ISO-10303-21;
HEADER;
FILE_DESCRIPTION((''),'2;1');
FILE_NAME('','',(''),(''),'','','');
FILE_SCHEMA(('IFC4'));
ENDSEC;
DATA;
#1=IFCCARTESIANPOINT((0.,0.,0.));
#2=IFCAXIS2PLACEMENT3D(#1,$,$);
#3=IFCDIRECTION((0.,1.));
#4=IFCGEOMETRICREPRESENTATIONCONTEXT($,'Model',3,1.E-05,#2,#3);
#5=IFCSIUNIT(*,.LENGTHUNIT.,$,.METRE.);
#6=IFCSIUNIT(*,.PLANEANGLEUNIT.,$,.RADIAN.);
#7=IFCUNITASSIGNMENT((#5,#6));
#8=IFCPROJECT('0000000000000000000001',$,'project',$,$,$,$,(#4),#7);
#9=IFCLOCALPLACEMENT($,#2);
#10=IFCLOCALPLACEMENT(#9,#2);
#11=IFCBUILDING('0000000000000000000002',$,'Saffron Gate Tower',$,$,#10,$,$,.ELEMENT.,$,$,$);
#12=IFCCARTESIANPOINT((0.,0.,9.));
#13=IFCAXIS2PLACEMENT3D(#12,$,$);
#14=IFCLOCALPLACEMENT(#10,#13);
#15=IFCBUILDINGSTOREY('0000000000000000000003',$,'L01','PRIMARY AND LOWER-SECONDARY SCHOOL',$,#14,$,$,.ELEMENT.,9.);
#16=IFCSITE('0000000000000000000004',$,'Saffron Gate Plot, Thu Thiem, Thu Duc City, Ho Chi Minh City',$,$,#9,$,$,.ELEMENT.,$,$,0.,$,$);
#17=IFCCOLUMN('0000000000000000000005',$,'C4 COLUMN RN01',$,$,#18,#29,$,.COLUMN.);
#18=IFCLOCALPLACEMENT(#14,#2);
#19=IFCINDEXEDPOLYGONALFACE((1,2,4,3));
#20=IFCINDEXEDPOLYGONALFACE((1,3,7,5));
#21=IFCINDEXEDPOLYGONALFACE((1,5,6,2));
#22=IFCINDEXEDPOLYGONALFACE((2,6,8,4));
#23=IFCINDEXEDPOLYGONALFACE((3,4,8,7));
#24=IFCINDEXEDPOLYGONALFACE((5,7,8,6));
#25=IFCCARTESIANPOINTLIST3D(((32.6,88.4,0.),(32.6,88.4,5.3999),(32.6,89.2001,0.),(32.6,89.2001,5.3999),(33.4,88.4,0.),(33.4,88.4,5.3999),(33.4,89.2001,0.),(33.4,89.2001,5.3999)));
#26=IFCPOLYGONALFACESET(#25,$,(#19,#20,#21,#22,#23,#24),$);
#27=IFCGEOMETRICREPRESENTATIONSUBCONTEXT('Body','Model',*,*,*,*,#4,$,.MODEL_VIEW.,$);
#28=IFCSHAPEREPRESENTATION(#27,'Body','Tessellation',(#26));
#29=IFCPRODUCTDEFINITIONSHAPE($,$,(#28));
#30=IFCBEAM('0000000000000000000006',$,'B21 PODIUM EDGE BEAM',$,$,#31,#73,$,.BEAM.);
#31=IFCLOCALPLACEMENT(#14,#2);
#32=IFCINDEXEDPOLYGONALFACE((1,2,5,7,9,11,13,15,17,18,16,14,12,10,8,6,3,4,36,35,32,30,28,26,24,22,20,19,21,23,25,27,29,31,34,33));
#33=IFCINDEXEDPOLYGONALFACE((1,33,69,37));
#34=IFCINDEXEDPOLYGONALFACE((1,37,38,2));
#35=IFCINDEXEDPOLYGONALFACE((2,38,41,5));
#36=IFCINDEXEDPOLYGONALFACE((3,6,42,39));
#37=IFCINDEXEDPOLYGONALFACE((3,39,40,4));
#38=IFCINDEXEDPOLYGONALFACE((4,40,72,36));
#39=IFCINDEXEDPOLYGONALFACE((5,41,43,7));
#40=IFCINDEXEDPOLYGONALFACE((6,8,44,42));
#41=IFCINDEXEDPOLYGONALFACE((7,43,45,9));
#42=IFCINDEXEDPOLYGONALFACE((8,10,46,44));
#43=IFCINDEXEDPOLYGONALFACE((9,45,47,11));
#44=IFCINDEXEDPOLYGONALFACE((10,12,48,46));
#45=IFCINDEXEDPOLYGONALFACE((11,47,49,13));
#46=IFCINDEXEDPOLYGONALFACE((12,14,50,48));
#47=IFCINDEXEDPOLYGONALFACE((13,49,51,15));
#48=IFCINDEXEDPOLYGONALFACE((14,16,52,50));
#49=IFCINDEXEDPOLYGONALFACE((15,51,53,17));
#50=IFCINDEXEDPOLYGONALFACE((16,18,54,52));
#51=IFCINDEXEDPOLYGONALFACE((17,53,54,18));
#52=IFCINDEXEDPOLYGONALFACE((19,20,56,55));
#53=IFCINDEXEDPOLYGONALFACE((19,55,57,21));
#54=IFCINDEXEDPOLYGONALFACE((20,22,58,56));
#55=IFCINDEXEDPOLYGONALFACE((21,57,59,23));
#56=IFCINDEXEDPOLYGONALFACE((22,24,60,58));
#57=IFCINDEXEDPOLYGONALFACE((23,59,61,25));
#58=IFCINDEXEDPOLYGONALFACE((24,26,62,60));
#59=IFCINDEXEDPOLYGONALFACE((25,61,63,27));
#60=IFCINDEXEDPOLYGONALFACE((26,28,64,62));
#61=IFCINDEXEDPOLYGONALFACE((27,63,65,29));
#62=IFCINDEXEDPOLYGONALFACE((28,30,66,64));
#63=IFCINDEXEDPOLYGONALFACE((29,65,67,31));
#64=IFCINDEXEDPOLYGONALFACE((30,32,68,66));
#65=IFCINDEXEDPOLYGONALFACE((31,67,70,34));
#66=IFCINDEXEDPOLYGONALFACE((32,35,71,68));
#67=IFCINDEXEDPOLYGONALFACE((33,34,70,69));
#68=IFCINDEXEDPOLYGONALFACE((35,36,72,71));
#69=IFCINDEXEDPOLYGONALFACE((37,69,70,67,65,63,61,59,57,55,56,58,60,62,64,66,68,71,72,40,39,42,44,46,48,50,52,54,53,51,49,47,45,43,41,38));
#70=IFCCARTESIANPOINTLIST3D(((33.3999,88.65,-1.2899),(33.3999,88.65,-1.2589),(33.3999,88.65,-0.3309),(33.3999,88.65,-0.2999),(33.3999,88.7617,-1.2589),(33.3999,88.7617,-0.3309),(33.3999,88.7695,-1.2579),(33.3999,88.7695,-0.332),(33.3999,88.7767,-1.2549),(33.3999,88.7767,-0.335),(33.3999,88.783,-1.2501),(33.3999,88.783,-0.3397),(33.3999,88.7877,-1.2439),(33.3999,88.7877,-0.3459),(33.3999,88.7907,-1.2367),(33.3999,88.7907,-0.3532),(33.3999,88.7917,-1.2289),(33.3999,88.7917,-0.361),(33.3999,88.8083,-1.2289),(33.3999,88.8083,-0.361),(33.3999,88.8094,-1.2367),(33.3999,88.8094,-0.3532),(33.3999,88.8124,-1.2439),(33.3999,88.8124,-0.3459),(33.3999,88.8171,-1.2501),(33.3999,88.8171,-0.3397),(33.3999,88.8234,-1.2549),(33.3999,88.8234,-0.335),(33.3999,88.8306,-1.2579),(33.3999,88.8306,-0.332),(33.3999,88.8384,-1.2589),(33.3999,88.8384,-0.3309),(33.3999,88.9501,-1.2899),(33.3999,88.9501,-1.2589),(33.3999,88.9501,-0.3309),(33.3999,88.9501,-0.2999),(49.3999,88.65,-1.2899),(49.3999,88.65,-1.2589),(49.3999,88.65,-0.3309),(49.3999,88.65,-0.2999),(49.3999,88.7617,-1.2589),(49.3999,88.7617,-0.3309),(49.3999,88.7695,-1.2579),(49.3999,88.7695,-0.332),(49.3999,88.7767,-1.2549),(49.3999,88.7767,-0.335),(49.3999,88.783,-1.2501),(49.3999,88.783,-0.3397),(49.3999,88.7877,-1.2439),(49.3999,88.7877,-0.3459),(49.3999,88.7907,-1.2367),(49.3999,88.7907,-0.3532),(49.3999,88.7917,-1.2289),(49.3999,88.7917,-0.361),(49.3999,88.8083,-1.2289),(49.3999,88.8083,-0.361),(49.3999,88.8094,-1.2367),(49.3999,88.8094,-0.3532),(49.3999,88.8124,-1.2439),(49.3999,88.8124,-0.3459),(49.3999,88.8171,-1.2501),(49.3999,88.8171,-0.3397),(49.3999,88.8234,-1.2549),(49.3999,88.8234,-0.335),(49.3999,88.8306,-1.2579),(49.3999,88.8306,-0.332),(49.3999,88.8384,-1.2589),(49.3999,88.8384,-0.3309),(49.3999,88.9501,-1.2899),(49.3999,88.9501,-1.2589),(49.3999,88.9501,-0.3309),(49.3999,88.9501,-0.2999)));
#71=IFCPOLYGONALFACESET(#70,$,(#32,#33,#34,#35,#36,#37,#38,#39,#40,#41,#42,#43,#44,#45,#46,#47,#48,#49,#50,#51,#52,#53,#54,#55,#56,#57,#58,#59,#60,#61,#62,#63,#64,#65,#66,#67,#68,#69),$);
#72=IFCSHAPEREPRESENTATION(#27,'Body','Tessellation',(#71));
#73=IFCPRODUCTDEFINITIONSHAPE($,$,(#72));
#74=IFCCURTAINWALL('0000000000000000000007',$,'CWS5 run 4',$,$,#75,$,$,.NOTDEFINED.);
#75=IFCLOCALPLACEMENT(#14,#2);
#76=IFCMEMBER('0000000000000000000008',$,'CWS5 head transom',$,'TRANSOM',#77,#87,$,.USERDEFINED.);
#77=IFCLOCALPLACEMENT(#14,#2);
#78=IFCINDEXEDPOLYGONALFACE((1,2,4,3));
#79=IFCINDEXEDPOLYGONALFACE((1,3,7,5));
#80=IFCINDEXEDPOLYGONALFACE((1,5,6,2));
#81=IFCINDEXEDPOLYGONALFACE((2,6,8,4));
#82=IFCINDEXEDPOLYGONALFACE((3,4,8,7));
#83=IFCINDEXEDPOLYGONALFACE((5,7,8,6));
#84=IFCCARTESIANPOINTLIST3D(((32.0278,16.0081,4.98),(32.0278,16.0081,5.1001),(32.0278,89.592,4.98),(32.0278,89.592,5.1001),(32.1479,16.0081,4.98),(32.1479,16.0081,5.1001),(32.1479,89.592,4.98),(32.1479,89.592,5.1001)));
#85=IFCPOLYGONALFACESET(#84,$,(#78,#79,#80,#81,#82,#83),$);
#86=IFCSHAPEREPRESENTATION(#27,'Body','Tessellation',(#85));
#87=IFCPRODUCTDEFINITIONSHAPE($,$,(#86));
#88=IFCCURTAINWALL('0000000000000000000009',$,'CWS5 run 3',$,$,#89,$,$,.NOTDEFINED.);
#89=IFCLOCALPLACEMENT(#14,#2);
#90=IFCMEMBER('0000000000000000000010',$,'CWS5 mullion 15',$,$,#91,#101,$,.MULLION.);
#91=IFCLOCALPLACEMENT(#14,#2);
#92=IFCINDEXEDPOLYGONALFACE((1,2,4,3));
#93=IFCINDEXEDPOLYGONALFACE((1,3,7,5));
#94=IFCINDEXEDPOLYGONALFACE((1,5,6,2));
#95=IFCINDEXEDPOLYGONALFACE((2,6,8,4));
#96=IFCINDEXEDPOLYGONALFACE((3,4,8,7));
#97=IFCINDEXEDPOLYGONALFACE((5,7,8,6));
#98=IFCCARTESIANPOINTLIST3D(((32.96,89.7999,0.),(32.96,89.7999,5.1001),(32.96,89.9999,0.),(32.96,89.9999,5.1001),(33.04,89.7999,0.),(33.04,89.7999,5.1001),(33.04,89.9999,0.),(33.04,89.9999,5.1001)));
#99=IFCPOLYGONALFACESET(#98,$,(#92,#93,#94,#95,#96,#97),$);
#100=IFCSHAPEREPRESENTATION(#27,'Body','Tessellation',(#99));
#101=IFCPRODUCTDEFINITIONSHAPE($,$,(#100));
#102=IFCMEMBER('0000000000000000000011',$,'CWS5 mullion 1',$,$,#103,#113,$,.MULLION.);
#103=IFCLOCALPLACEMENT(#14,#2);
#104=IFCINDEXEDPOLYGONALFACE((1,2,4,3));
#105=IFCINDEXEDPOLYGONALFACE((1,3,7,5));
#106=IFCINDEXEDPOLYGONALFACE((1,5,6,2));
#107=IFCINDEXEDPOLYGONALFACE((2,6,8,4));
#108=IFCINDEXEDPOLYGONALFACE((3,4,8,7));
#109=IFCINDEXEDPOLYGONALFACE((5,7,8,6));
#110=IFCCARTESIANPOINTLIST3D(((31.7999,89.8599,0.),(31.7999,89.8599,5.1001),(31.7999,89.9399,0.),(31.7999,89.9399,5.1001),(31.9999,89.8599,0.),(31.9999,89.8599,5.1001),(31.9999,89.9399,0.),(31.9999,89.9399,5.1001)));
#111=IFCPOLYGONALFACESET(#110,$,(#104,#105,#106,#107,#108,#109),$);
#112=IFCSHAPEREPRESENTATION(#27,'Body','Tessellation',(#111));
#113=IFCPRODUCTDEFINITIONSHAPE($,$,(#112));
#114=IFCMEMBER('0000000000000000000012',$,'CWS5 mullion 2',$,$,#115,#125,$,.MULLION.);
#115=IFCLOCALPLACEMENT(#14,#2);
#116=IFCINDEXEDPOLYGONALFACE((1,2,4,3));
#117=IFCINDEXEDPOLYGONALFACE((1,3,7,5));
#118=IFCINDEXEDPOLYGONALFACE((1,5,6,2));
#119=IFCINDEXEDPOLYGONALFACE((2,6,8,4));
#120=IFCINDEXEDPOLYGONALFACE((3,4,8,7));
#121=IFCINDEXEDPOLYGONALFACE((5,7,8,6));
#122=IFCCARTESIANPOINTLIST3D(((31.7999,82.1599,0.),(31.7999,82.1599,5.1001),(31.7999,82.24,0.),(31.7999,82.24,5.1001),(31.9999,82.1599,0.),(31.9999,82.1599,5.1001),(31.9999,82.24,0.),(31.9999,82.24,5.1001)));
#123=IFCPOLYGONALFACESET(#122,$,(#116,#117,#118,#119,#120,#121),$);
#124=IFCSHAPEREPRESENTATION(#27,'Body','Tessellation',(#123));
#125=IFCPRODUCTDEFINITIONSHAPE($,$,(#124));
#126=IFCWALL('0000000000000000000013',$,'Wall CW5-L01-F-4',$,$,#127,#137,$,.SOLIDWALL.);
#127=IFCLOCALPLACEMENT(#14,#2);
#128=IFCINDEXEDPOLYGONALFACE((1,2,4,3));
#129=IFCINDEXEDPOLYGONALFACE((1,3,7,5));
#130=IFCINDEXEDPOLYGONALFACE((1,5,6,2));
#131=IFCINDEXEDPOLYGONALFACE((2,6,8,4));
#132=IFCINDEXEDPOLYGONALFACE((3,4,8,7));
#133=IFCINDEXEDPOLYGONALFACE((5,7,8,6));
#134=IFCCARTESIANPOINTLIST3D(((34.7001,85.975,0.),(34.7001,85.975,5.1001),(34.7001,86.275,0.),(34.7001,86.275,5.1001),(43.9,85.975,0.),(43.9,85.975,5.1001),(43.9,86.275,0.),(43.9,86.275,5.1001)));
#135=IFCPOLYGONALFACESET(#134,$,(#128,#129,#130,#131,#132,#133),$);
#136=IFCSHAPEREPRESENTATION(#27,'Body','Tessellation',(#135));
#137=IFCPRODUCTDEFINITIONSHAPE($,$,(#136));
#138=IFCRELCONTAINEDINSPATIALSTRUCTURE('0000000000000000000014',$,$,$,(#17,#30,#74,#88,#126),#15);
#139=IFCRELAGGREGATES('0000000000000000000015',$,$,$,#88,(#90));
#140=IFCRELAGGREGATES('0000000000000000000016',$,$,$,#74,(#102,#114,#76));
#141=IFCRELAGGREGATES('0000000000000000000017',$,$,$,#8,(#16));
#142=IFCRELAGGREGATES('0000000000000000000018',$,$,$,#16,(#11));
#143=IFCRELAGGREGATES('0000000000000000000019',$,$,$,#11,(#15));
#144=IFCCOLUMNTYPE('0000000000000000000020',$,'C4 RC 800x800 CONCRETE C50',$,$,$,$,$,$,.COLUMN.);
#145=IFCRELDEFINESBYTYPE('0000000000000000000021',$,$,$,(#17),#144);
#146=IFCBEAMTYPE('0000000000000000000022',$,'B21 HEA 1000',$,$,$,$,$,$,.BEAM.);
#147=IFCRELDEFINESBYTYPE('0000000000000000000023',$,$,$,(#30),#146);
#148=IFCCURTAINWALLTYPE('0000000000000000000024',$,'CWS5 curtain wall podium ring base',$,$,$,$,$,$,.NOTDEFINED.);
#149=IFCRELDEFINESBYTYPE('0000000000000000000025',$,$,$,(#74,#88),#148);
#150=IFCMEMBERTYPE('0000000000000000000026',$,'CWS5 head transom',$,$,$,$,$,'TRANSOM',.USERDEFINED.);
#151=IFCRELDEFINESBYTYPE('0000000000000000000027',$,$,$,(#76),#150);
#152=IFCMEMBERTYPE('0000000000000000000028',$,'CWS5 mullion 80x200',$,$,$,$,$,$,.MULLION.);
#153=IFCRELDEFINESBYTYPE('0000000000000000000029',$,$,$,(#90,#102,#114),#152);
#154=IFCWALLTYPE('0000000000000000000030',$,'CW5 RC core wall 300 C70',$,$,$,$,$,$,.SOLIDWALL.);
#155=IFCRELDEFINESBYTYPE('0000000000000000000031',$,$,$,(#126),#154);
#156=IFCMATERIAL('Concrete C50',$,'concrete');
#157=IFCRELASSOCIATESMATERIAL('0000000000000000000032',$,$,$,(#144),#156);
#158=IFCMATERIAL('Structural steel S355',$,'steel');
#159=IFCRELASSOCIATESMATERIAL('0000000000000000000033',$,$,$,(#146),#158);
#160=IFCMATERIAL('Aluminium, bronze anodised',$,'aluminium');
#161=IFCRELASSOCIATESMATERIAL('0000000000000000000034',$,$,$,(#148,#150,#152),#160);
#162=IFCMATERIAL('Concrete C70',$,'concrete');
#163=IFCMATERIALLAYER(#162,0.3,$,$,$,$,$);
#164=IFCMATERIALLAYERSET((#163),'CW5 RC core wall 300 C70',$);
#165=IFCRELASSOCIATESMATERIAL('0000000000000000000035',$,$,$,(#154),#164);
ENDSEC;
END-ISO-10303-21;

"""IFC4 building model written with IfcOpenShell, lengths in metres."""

from ifc_helpers import new_model, si_unit, direction, frame, frame_2d, origin, origin_2d, place, context, subcontext, project, spatial, rectangle, i_section, extrude, material, layer, layer_set, material_profile, profile_set, type_object, element, aggregate, save


model = new_model("IFC4")

# Units and contexts
model_context = context("Model", 3, precision=1e-05, world=origin(), true_north=direction((0.0, 1.0)))
body_context = subcontext(model_context, "Body", "Model", "MODEL_VIEW")
ifc_project = project(units=[si_unit("LENGTHUNIT", "METRE"), si_unit("PLANEANGLEUNIT", "RADIAN")], contexts=[model_context])

# Site, building, storey
site_placement = place(None, origin())
site = spatial("IfcSite", under=ifc_project, at=site_placement, Name="Saffron Gate Plot, Thu Thiem, Thu Duc City, Ho Chi Minh City", CompositionType="ELEMENT", RefElevation=0.0)
building_placement = place(site_placement, origin())
building = spatial("IfcBuilding", under=site, at=building_placement, Name="Saffron Gate Tower", CompositionType="ELEMENT")
storey_placement = place(building_placement, frame((0.0, 0.0, 9.0)))
storey = spatial("IfcBuildingStorey", under=building, at=storey_placement, Name="L01", Description="PRIMARY AND LOWER-SECONDARY SCHOOL", CompositionType="ELEMENT", Elevation=9.0)

# Column
ifc_material_1 = material(Name="Concrete C50", Category="concrete")
ifc_material_profile_1 = material_profile(ifc_material_1, rectangle(XDim=0.8, YDim=0.8, at=origin_2d()))
ifc_profile_set_1 = profile_set([ifc_material_profile_1], Name="Concrete C50")
column_type = type_object("IfcColumnType", Name="C4 RC 800x800 CONCRETE C50", PredefinedType="COLUMN", material=ifc_profile_set_1)
column_placement = place(storey_placement, frame((33.0, 88.8, 0.0), z_axis=(0.0, 0.0, 1.0), x_axis=(1.0, 0.0, 0.0)))
element("IfcColumn", 1, at=column_placement, inside=storey, type_object=column_type, Name="C4 COLUMN RN01", PredefinedType="COLUMN", context=body_context, shape_type="SweptSolid", body=[
    extrude(rectangle(XDim=0.8, YDim=0.8, at=origin_2d()), origin(), (0.0, 0.0, 1.0), 5.3999),
])

# Beam
ifc_material_2 = material(Name="Structural steel S355", Category="steel")
ifc_material_profile_2 = material_profile(ifc_material_2, i_section(OverallWidth=0.3, OverallDepth=0.99, WebThickness=0.0166, FlangeThickness=0.031, FilletRadius=0.03, at=origin_2d()))
ifc_profile_set_2 = profile_set([ifc_material_profile_2], Name="Structural steel S355")
beam_type = type_object("IfcBeamType", Name="B21 HEA 1000", PredefinedType="BEAM", material=ifc_profile_set_2)
beam_placement = place(storey_placement, frame((33.3999, 88.8, -0.7949), z_axis=(1.0, 0.0, 0.0), x_axis=(0.0, 1.0, 0.0)))
element("IfcBeam", 2, at=beam_placement, inside=storey, type_object=beam_type, Name="B21 PODIUM EDGE BEAM", PredefinedType="BEAM", context=body_context, shape_type="SweptSolid", body=[
    extrude(i_section(OverallWidth=0.3, OverallDepth=0.99, WebThickness=0.0166, FlangeThickness=0.031, FilletRadius=0.03, at=origin_2d()), origin(), (0.0, 0.0, 1.0), 16.0),
])

# Curtain walls, members
ifc_material_3 = material(Name="Aluminium, bronze anodised", Category="aluminium")
curtain_wall_type = type_object("IfcCurtainWallType", Name="CWS5 curtain wall podium ring base", PredefinedType="NOTDEFINED", material=ifc_material_3)
curtain_wall_1_placement = place(storey_placement, origin())
curtain_wall_1 = element("IfcCurtainWall", 3, at=curtain_wall_1_placement, inside=storey, type_object=curtain_wall_type, Name="CWS5 run 4", PredefinedType="NOTDEFINED")
ifc_material_profile_3 = material_profile(ifc_material_3, rectangle(XDim=0.1201, YDim=0.1201, at=origin_2d()))
ifc_profile_set_3 = profile_set([ifc_material_profile_3], Name="Aluminium, bronze anodised")
member_type_1 = type_object("IfcMemberType", Name="CWS5 head transom", ElementType="TRANSOM", PredefinedType="USERDEFINED", material=ifc_profile_set_3)
member_1_placement = place(storey_placement, frame((32.0879, 89.592, 5.04), z_axis=(0.0, -1.0, 0.0), x_axis=(1.0, 0.0, 0.0)))
member_1 = element("IfcMember", 4, at=member_1_placement, type_object=member_type_1, Name="CWS5 head transom", ObjectType="TRANSOM", PredefinedType="USERDEFINED", context=body_context, shape_type="SweptSolid", body=[
    extrude(rectangle(XDim=0.1201, YDim=0.1201, at=origin_2d()), origin(), (0.0, 0.0, 1.0), 73.584),
])
curtain_wall_2_placement = place(storey_placement, origin())
curtain_wall_2 = element("IfcCurtainWall", 5, at=curtain_wall_2_placement, inside=storey, type_object=curtain_wall_type, Name="CWS5 run 3", PredefinedType="NOTDEFINED")
ifc_material_profile_4 = material_profile(ifc_material_3, rectangle(XDim=0.2, YDim=0.0801, at=origin_2d()))
ifc_profile_set_4 = profile_set([ifc_material_profile_4], Name="Aluminium, bronze anodised")
member_type_2 = type_object("IfcMemberType", Name="CWS5 mullion 80x200", PredefinedType="MULLION", material=ifc_profile_set_4)
member_2_placement = place(storey_placement, frame((33.0, 89.8999, 0.0), z_axis=(0.0, 0.0, 1.0), x_axis=(0.0, -1.0, 0.0)))
member_2 = element("IfcMember", 6, at=member_2_placement, type_object=member_type_2, Name="CWS5 mullion 15", PredefinedType="MULLION", context=body_context, shape_type="SweptSolid", body=[
    extrude(rectangle(XDim=0.2, YDim=0.0801, at=origin_2d()), origin(), (0.0, 0.0, 1.0), 5.1001),
])
aggregate(curtain_wall_2, [member_2])

# Members
member_3_placement = place(storey_placement, frame((31.8999, 89.8999, 0.0), z_axis=(0.0, 0.0, 1.0), x_axis=(1.0, 0.0, 0.0)))
member_3 = element("IfcMember", 7, at=member_3_placement, type_object=member_type_2, Name="CWS5 mullion 1", PredefinedType="MULLION", context=body_context, shape_type="SweptSolid", body=[
    extrude(rectangle(XDim=0.2, YDim=0.0801, at=origin_2d()), origin(), (0.0, 0.0, 1.0), 5.1001),
])
member_4_placement = place(storey_placement, frame((31.8999, 82.2, 0.0), z_axis=(0.0, 0.0, 1.0), x_axis=(1.0, 0.0, 0.0)))
member_4 = element("IfcMember", 8, at=member_4_placement, type_object=member_type_2, Name="CWS5 mullion 2", PredefinedType="MULLION", context=body_context, shape_type="SweptSolid", body=[
    extrude(rectangle(XDim=0.2, YDim=0.0801, at=origin_2d()), origin(), (0.0, 0.0, 1.0), 5.1001),
])

aggregate(curtain_wall_1, [member_3, member_4, member_1])

# Wall
ifc_material_4 = material(Name="Concrete C70", Category="concrete")
ifc_layer_1 = layer(ifc_material_4, 0.3)
ifc_layer_set_1 = layer_set([ifc_layer_1], Name="CW5 RC core wall 300 C70")
wall_type = type_object("IfcWallType", Name="CW5 RC core wall 300 C70", PredefinedType="SOLIDWALL", material=ifc_layer_set_1)
wall_placement = place(storey_placement, frame((34.7, 86.125, 0.0), z_axis=(0.0, 0.0, 1.0), x_axis=(1.0, 0.0, 0.0)))
element("IfcWall", 9, at=wall_placement, inside=storey, type_object=wall_type, Name="Wall CW5-L01-F-4", PredefinedType="SOLIDWALL", context=body_context, shape_type="SweptSolid", body=[
    extrude(rectangle(XDim=9.2, YDim=0.3, at=frame_2d((4.6001, 0.0))), origin(), (0.0, 0.0, 1.0), 5.1001),
])

save(model, "model.ifc")
